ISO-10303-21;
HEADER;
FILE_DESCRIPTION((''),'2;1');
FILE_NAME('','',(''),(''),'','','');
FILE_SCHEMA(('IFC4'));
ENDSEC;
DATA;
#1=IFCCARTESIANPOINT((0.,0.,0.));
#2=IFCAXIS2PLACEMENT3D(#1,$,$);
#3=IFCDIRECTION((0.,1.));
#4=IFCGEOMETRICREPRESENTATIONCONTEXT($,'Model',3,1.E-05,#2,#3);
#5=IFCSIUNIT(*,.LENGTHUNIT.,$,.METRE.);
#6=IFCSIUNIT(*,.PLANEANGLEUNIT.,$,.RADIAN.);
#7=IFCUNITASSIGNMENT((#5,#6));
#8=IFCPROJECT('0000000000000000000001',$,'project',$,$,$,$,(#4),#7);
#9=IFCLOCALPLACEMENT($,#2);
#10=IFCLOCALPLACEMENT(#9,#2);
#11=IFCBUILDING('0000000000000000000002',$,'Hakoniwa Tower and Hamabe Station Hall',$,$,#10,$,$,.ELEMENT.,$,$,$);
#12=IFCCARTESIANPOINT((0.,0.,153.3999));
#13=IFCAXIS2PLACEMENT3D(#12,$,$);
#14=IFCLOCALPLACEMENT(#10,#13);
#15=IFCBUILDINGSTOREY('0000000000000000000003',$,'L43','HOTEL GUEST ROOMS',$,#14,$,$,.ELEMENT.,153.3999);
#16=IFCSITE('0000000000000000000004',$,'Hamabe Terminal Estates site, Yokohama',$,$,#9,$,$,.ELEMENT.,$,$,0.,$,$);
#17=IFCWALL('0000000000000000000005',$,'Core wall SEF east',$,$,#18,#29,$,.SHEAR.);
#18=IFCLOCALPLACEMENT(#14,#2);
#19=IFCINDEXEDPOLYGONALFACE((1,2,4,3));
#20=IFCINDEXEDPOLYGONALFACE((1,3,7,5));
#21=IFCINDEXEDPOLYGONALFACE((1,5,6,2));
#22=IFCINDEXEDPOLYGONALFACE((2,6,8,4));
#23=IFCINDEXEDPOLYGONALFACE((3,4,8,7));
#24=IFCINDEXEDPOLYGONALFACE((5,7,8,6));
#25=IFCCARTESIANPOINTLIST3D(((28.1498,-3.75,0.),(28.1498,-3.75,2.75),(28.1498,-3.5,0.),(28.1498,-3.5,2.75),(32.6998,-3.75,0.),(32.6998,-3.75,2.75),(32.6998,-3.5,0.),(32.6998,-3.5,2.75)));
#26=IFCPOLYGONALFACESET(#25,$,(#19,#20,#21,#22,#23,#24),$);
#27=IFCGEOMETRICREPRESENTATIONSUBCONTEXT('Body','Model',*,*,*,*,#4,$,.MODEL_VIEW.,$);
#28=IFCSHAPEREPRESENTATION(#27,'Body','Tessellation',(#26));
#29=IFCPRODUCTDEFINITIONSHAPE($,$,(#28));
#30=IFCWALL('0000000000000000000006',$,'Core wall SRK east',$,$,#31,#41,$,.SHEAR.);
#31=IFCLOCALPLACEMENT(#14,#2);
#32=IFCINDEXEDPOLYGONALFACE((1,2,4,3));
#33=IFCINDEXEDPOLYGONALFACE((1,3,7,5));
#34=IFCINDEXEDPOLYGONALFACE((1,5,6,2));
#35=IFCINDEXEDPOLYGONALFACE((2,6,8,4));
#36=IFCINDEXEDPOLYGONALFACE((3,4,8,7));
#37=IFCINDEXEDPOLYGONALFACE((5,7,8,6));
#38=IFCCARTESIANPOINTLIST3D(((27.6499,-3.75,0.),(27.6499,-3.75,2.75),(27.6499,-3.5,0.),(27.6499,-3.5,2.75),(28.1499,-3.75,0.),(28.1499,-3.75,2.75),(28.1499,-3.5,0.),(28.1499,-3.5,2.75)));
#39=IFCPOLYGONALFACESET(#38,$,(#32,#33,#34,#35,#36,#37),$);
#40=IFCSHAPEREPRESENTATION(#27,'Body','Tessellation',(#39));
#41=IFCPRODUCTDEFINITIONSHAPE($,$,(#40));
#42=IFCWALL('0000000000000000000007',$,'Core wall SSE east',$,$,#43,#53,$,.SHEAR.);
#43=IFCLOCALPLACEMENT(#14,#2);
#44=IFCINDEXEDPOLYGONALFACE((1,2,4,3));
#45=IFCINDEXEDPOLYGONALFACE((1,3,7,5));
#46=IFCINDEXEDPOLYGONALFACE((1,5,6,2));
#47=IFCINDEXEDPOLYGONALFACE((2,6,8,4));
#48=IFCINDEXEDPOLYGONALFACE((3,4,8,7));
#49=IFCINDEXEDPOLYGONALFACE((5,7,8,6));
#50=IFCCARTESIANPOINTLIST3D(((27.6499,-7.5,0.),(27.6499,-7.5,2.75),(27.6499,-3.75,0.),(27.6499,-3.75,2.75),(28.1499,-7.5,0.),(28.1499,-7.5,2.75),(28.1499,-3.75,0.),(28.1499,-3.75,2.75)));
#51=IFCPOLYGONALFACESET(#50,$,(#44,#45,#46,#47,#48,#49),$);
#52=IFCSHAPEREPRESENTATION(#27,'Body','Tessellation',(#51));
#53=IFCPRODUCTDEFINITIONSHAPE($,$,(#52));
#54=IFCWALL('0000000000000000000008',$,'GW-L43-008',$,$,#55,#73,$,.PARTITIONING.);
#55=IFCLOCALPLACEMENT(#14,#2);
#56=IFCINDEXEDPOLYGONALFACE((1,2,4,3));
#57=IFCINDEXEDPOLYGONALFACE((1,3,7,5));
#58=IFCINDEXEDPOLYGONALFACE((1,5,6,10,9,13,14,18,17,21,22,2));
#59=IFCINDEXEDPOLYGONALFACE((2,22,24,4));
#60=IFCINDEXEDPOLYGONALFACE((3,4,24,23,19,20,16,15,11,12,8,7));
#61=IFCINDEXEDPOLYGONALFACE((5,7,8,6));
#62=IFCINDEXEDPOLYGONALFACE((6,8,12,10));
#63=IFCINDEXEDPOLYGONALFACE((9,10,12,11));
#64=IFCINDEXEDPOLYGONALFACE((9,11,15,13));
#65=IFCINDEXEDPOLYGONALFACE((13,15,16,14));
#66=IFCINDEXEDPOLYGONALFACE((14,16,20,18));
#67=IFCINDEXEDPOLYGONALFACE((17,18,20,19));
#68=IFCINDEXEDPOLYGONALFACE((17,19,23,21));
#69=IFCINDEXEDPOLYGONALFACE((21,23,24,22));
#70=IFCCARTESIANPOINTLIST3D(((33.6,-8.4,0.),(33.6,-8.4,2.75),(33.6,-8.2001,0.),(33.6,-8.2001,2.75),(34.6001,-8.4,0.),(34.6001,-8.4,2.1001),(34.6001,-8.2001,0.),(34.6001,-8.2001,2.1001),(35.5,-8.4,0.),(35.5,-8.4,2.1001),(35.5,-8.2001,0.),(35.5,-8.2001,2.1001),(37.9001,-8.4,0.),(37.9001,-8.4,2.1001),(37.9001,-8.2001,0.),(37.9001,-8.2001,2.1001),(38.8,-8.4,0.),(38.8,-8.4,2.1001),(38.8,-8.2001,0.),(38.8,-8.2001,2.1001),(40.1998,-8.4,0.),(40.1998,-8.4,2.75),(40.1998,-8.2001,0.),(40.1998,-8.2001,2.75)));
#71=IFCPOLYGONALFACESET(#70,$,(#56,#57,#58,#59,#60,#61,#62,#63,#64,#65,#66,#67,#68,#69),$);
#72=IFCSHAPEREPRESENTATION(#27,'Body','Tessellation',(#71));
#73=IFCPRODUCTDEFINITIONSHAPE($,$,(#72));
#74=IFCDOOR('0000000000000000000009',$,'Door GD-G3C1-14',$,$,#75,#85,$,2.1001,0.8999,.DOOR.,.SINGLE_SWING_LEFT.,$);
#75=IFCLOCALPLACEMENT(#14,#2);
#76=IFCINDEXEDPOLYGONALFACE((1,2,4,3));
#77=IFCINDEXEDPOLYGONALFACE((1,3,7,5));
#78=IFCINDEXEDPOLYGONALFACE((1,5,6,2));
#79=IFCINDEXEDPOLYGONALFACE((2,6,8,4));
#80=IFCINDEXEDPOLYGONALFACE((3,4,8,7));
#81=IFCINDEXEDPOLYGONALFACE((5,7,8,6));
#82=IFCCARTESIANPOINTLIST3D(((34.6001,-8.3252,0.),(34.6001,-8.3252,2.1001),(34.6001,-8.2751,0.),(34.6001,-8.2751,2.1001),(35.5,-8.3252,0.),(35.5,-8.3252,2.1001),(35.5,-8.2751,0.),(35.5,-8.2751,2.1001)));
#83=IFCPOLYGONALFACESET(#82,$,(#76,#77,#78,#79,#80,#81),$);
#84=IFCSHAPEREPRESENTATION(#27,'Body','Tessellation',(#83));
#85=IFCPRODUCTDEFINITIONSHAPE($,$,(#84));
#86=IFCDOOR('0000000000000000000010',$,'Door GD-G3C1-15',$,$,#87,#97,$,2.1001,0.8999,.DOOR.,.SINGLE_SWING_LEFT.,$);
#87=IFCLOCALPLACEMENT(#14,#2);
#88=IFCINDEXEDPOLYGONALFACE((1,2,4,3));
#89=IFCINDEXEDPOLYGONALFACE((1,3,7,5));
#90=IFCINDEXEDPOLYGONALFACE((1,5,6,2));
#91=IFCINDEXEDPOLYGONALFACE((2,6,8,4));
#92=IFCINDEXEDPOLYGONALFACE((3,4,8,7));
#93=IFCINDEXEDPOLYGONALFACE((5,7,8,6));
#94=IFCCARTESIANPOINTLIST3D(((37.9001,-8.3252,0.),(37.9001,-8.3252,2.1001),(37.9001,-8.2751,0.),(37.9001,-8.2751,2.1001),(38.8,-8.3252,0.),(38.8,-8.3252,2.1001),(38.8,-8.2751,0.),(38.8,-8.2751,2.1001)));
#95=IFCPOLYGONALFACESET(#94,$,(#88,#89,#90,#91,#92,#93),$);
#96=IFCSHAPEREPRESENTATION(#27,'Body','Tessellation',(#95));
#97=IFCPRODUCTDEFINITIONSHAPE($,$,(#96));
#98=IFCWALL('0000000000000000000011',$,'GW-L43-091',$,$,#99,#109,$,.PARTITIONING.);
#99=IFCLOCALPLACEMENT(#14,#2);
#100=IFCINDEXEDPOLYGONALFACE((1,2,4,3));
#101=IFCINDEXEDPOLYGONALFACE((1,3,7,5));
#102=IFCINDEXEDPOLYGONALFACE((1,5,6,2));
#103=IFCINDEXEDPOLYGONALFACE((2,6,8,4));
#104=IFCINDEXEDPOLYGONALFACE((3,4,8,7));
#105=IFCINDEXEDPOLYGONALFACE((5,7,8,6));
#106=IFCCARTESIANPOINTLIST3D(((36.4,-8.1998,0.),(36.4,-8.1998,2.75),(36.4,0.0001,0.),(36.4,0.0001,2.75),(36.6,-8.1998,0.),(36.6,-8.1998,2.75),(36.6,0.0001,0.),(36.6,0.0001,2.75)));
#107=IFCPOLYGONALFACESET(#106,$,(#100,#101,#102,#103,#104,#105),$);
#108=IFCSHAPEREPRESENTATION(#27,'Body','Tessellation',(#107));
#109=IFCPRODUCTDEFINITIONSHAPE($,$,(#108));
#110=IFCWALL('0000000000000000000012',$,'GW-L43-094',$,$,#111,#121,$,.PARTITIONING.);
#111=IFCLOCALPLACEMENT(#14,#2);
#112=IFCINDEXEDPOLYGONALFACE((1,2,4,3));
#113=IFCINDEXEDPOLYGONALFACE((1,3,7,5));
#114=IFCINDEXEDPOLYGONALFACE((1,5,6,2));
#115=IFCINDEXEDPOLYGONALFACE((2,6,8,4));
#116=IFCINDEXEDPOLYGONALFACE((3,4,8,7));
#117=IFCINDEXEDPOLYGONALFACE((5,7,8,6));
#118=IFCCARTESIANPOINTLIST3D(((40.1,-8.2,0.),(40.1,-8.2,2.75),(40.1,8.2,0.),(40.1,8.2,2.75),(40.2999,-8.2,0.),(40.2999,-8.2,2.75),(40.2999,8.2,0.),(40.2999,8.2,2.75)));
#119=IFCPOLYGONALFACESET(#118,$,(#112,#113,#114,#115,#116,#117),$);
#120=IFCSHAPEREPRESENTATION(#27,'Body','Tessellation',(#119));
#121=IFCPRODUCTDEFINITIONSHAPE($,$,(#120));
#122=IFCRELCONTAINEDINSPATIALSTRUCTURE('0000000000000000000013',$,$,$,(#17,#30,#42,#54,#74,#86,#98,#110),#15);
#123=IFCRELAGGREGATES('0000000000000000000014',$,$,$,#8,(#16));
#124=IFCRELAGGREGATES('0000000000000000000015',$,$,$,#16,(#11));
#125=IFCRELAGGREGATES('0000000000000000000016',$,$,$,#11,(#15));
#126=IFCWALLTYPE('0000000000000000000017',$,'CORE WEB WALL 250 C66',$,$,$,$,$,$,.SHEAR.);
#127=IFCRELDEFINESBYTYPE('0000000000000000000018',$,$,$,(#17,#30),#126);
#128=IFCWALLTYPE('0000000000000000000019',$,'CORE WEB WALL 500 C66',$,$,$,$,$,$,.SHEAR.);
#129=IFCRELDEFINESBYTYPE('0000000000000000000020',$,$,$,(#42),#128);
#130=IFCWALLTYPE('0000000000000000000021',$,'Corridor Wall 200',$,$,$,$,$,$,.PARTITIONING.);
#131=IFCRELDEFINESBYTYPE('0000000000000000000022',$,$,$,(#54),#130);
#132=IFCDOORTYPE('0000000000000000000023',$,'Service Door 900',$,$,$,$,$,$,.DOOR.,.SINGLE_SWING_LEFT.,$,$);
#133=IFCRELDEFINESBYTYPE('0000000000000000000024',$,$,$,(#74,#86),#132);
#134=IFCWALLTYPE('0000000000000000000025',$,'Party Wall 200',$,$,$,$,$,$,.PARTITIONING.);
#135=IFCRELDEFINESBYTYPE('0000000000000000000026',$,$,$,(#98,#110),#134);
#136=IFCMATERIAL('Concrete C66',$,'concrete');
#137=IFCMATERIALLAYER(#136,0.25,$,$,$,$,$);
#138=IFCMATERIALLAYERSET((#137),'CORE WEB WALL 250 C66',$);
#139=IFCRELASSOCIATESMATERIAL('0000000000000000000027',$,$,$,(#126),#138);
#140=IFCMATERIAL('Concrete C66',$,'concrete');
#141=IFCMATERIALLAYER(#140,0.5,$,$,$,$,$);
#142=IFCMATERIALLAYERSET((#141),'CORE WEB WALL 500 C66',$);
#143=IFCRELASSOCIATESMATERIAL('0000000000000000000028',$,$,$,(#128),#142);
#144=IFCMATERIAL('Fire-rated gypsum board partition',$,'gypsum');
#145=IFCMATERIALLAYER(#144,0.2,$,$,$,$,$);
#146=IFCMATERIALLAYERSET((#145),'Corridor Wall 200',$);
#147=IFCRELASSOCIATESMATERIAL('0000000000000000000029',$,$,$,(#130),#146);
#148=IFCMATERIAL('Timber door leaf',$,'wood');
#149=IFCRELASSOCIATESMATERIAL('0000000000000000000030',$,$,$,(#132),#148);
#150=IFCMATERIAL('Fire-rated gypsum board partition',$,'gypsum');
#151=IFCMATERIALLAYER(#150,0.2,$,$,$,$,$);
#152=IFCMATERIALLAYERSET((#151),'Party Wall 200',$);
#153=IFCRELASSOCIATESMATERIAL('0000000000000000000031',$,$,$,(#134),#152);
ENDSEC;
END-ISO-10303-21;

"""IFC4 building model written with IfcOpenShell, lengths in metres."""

from ifc_helpers import new_model, si_unit, direction, frame, frame_2d, origin, place, context, subcontext, project, spatial, rectangle, extrude, material, layer, layer_set, type_object, element, fill, save


model = new_model("IFC4")

# Units and contexts
model_context = context("Model", 3, precision=1e-05, world=origin(), true_north=direction((0.0, 1.0)))
body_context = subcontext(model_context, "Body", "Model", "MODEL_VIEW")
ifc_project = project(units=[si_unit("LENGTHUNIT", "METRE"), si_unit("PLANEANGLEUNIT", "RADIAN")], contexts=[model_context])

# Site, building, storey
site_placement = place(None, origin())
site = spatial("IfcSite", under=ifc_project, at=site_placement, Name="Hamabe Terminal Estates site, Yokohama", CompositionType="ELEMENT", RefElevation=0.0)
building_placement = place(site_placement, origin())
building = spatial("IfcBuilding", under=site, at=building_placement, Name="Hakoniwa Tower and Hamabe Station Hall", CompositionType="ELEMENT")
storey_placement = place(building_placement, frame((0.0, 0.0, 153.3999)))
storey = spatial("IfcBuildingStorey", under=building, at=storey_placement, Name="L43", Description="HOTEL GUEST ROOMS", CompositionType="ELEMENT", Elevation=153.3999)

# Walls
ifc_material_1 = material(Name="Concrete C66", Category="concrete")
ifc_layer_1 = layer(ifc_material_1, 0.25)
ifc_layer_set_1 = layer_set([ifc_layer_1], Name="CORE WEB WALL 250 C66")
wall_type_1 = type_object("IfcWallType", Name="CORE WEB WALL 250 C66", PredefinedType="SHEAR", material=ifc_layer_set_1)
wall_1_placement = place(storey_placement, frame((28.1499, -3.625, 0.0), z_axis=(0.0, 0.0, 1.0), x_axis=(1.0, 0.0, 0.0)))
element("IfcWall", 1, at=wall_1_placement, inside=storey, type_object=wall_type_1, Name="Core wall SEF east", PredefinedType="SHEAR", context=body_context, shape_type="SweptSolid", body=[
    extrude(rectangle(XDim=4.55, YDim=0.25, at=frame_2d((2.2749, 0.0))), origin(), (0.0, 0.0, 1.0), 2.75),
])
wall_2_placement = place(storey_placement, frame((27.6499, -3.625, 0.0), z_axis=(0.0, 0.0, 1.0), x_axis=(1.0, 0.0, 0.0)))
element("IfcWall", 2, at=wall_2_placement, inside=storey, type_object=wall_type_1, Name="Core wall SRK east", PredefinedType="SHEAR", context=body_context, shape_type="SweptSolid", body=[
    extrude(rectangle(XDim=0.5, YDim=0.25, at=frame_2d((0.25, 0.0))), origin(), (0.0, 0.0, 1.0), 2.75),
])
ifc_material_2 = material(Name="Concrete C66", Category="concrete")
ifc_layer_2 = layer(ifc_material_2, 0.5)
ifc_layer_set_2 = layer_set([ifc_layer_2], Name="CORE WEB WALL 500 C66")
wall_type_2 = type_object("IfcWallType", Name="CORE WEB WALL 500 C66", PredefinedType="SHEAR", material=ifc_layer_set_2)
wall_3_placement = place(storey_placement, frame((27.8999, -7.5, 0.0), z_axis=(0.0, 0.0, 1.0), x_axis=(0.0, 1.0, 0.0)))
element("IfcWall", 3, at=wall_3_placement, inside=storey, type_object=wall_type_2, Name="Core wall SSE east", PredefinedType="SHEAR", context=body_context, shape_type="SweptSolid", body=[
    extrude(rectangle(XDim=3.75, YDim=0.5, at=frame_2d((1.875, 0.0))), origin(), (0.0, 0.0, 1.0), 2.75),
])

# Wall, openings, doors
ifc_material_3 = material(Name="Fire-rated gypsum board partition", Category="gypsum")
ifc_layer_3 = layer(ifc_material_3, 0.2)
ifc_layer_set_3 = layer_set([ifc_layer_3], Name="Corridor Wall 200")
wall_type_3 = type_object("IfcWallType", Name="Corridor Wall 200", PredefinedType="PARTITIONING", material=ifc_layer_set_3)
wall_4_placement = place(storey_placement, frame((33.6001, -8.3, 0.0), z_axis=(0.0, 0.0, 1.0), x_axis=(1.0, 0.0, 0.0)))
wall_4 = element("IfcWall", 4, at=wall_4_placement, inside=storey, type_object=wall_type_3, Name="GW-L43-008", PredefinedType="PARTITIONING", context=body_context, shape_type="SweptSolid", body=[
    extrude(rectangle(XDim=6.5999, YDim=0.2, at=frame_2d((3.2998, 0.0))), origin(), (0.0, 0.0, 1.0), 2.75),
])
opening_1_placement = place(wall_4_placement, frame((1.0, 0.0, 0.0)))
opening_1 = element("IfcOpeningElement", 5, at=opening_1_placement, cuts=wall_4, PredefinedType="OPENING", context=body_context, shape_type="SweptSolid", body=[
    extrude(rectangle(XDim=0.8999, YDim=2.1001, at=frame_2d((0.45, 1.05))), frame((0.0, 0.1099, 0.0), z_axis=(0.0, -1.0, 0.0), x_axis=(1.0, 0.0, 0.0)), (0.0, 0.0, 1.0), 0.22),
])
opening_2_placement = place(wall_4_placement, frame((4.3, 0.0, 0.0)))
opening_2 = element("IfcOpeningElement", 6, at=opening_2_placement, cuts=wall_4, PredefinedType="OPENING", context=body_context, shape_type="SweptSolid", body=[
    extrude(rectangle(XDim=0.8999, YDim=2.1001, at=frame_2d((0.45, 1.05))), frame((0.0, 0.1099, 0.0), z_axis=(0.0, -1.0, 0.0), x_axis=(1.0, 0.0, 0.0)), (0.0, 0.0, 1.0), 0.22),
])
ifc_material_4 = material(Name="Timber door leaf", Category="wood")
door_type_1 = type_object("IfcDoorType", Name="Service Door 900", OperationType="SINGLE_SWING_LEFT", PredefinedType="DOOR", material=ifc_material_4)
door_1_placement = place(opening_1_placement, origin())
door_1 = element("IfcDoor", 7, at=door_1_placement, inside=storey, type_object=door_type_1, Name="Door GD-G3C1-14", OperationType="SINGLE_SWING_LEFT", OverallHeight=2.1001, OverallWidth=0.8999, PredefinedType="DOOR", context=body_context, shape_type="SweptSolid", body=[
    extrude(rectangle(XDim=0.8999, YDim=2.1001, at=frame_2d((0.45, 1.05))), frame((0.0, 0.0249, 0.0), z_axis=(0.0, -1.0, 0.0), x_axis=(1.0, 0.0, 0.0)), (0.0, 0.0, 1.0), 0.05),
])
fill(opening_1, door_1)
door_2_placement = place(opening_2_placement, origin())
door_2 = element("IfcDoor", 8, at=door_2_placement, inside=storey, type_object=door_type_1, Name="Door GD-G3C1-15", OperationType="SINGLE_SWING_LEFT", OverallHeight=2.1001, OverallWidth=0.8999, PredefinedType="DOOR", context=body_context, shape_type="SweptSolid", body=[
    extrude(rectangle(XDim=0.8999, YDim=2.1001, at=frame_2d((0.45, 1.05))), frame((0.0, 0.0249, 0.0), z_axis=(0.0, -1.0, 0.0), x_axis=(1.0, 0.0, 0.0)), (0.0, 0.0, 1.0), 0.05),
])
fill(opening_2, door_2)

# Walls
ifc_material_5 = material(Name="Fire-rated gypsum board partition", Category="gypsum")
ifc_layer_4 = layer(ifc_material_5, 0.2)
ifc_layer_set_4 = layer_set([ifc_layer_4], Name="Party Wall 200")
wall_type_4 = type_object("IfcWallType", Name="Party Wall 200", PredefinedType="PARTITIONING", material=ifc_layer_set_4)
wall_5_placement = place(storey_placement, frame((36.5, -8.2, 0.0), z_axis=(0.0, 0.0, 1.0), x_axis=(0.0, 1.0, 0.0)))
element("IfcWall", 9, at=wall_5_placement, inside=storey, type_object=wall_type_4, Name="GW-L43-091", PredefinedType="PARTITIONING", context=body_context, shape_type="SweptSolid", body=[
    extrude(rectangle(XDim=8.2, YDim=0.2, at=frame_2d((4.1001, 0.0))), origin(), (0.0, 0.0, 1.0), 2.75),
])
wall_6_placement = place(storey_placement, frame((40.2, -8.2, 0.0), z_axis=(0.0, 0.0, 1.0), x_axis=(0.0, 1.0, 0.0)))
element("IfcWall", 10, at=wall_6_placement, inside=storey, type_object=wall_type_4, Name="GW-L43-094", PredefinedType="PARTITIONING", context=body_context, shape_type="SweptSolid", body=[
    extrude(rectangle(XDim=16.3999, YDim=0.2, at=frame_2d((8.2, 0.0))), origin(), (0.0, 0.0, 1.0), 2.75),
])

save(model, "model.ifc")
